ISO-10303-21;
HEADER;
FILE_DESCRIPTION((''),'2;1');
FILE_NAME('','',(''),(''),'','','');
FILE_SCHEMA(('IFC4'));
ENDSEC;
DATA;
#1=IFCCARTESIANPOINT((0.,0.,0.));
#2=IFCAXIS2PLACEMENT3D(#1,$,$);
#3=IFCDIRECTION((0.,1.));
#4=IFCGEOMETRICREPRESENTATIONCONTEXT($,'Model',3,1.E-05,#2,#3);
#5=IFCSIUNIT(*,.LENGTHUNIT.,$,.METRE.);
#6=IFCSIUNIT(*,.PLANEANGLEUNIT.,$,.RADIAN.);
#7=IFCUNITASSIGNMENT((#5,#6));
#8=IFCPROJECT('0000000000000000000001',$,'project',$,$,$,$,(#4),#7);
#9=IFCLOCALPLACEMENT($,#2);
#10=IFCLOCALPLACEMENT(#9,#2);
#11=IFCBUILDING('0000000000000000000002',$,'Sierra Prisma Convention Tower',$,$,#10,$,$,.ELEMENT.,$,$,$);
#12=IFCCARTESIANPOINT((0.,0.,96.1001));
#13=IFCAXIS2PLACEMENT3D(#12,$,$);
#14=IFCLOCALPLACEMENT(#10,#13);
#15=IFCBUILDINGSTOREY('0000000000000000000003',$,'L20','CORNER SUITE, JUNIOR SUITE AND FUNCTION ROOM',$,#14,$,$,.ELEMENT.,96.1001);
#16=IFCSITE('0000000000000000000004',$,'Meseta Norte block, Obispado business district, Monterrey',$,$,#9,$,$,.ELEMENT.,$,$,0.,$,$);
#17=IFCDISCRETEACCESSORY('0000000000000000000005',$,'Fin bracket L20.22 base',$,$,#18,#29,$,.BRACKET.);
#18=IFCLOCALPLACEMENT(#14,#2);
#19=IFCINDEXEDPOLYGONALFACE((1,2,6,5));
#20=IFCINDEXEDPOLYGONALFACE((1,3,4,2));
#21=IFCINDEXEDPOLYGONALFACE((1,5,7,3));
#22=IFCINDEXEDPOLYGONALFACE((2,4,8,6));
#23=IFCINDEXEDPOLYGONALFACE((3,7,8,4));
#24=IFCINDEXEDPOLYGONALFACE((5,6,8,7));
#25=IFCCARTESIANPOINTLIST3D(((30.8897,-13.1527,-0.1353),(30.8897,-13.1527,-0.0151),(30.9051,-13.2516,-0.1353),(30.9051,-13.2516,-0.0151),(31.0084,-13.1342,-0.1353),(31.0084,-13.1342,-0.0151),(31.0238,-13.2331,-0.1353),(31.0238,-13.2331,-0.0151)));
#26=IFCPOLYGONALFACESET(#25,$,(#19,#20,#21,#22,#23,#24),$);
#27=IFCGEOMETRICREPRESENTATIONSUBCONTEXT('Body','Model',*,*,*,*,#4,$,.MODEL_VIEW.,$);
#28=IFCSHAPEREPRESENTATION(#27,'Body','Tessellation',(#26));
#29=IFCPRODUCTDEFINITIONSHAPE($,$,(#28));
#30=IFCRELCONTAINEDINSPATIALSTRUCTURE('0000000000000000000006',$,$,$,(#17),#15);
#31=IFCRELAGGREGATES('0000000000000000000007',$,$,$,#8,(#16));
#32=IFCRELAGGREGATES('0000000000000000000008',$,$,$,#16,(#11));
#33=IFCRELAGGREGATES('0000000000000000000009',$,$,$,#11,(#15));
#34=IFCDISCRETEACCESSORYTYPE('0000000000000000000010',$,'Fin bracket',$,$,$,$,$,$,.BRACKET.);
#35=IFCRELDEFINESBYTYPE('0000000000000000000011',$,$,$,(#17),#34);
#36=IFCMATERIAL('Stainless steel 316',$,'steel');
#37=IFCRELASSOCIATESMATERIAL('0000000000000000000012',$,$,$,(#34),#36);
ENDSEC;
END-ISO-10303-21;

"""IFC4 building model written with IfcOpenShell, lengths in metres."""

from ifc_helpers import new_model, si_unit, direction, frame, origin, origin_2d, place, context, subcontext, project, spatial, rectangle, extrude, material, type_object, element, save


model = new_model("IFC4")

# Units and contexts
model_context = context("Model", 3, precision=1e-05, world=origin(), true_north=direction((0.0, 1.0)))
body_context = subcontext(model_context, "Body", "Model", "MODEL_VIEW")
ifc_project = project(units=[si_unit("LENGTHUNIT", "METRE"), si_unit("PLANEANGLEUNIT", "RADIAN")], contexts=[model_context])

# Site, building, storey
site_placement = place(None, origin())
site = spatial("IfcSite", under=ifc_project, at=site_placement, Name="Meseta Norte block, Obispado business district, Monterrey", CompositionType="ELEMENT", RefElevation=0.0)
building_placement = place(site_placement, origin())
building = spatial("IfcBuilding", under=site, at=building_placement, Name="Sierra Prisma Convention Tower", CompositionType="ELEMENT")
storey_placement = place(building_placement, frame((0.0, 0.0, 96.1001)))
storey = spatial("IfcBuildingStorey", under=building, at=storey_placement, Name="L20", Description="CORNER SUITE, JUNIOR SUITE AND FUNCTION ROOM", CompositionType="ELEMENT", Elevation=96.1001)

# Discrete accessory
ifc_material_1 = material(Name="Stainless steel 316", Category="steel")
discrete_accessory_type = type_object("IfcDiscreteAccessoryType", Name="Fin bracket", PredefinedType="BRACKET", material=ifc_material_1)
for number, where, z_axis, x_axis, name in (
    (1, (30.9568, -13.1929, -0.1353), (0.0, 0.0, 1.0), (0.98809, 0.153875, 0.0), "Fin bracket L20.22 base"),
):
    element("IfcDiscreteAccessory", number, at=place(storey_placement, frame(where, z_axis=z_axis, x_axis=x_axis)), inside=storey, type_object=discrete_accessory_type, Name=name, PredefinedType="BRACKET", context=body_context, shape_type="SweptSolid", body=[
        extrude(rectangle(XDim=0.1201, YDim=0.1001, at=origin_2d()), origin(), (0.0, 0.0, 1.0), 0.1201),
    ])

save(model, "model.ifc")
